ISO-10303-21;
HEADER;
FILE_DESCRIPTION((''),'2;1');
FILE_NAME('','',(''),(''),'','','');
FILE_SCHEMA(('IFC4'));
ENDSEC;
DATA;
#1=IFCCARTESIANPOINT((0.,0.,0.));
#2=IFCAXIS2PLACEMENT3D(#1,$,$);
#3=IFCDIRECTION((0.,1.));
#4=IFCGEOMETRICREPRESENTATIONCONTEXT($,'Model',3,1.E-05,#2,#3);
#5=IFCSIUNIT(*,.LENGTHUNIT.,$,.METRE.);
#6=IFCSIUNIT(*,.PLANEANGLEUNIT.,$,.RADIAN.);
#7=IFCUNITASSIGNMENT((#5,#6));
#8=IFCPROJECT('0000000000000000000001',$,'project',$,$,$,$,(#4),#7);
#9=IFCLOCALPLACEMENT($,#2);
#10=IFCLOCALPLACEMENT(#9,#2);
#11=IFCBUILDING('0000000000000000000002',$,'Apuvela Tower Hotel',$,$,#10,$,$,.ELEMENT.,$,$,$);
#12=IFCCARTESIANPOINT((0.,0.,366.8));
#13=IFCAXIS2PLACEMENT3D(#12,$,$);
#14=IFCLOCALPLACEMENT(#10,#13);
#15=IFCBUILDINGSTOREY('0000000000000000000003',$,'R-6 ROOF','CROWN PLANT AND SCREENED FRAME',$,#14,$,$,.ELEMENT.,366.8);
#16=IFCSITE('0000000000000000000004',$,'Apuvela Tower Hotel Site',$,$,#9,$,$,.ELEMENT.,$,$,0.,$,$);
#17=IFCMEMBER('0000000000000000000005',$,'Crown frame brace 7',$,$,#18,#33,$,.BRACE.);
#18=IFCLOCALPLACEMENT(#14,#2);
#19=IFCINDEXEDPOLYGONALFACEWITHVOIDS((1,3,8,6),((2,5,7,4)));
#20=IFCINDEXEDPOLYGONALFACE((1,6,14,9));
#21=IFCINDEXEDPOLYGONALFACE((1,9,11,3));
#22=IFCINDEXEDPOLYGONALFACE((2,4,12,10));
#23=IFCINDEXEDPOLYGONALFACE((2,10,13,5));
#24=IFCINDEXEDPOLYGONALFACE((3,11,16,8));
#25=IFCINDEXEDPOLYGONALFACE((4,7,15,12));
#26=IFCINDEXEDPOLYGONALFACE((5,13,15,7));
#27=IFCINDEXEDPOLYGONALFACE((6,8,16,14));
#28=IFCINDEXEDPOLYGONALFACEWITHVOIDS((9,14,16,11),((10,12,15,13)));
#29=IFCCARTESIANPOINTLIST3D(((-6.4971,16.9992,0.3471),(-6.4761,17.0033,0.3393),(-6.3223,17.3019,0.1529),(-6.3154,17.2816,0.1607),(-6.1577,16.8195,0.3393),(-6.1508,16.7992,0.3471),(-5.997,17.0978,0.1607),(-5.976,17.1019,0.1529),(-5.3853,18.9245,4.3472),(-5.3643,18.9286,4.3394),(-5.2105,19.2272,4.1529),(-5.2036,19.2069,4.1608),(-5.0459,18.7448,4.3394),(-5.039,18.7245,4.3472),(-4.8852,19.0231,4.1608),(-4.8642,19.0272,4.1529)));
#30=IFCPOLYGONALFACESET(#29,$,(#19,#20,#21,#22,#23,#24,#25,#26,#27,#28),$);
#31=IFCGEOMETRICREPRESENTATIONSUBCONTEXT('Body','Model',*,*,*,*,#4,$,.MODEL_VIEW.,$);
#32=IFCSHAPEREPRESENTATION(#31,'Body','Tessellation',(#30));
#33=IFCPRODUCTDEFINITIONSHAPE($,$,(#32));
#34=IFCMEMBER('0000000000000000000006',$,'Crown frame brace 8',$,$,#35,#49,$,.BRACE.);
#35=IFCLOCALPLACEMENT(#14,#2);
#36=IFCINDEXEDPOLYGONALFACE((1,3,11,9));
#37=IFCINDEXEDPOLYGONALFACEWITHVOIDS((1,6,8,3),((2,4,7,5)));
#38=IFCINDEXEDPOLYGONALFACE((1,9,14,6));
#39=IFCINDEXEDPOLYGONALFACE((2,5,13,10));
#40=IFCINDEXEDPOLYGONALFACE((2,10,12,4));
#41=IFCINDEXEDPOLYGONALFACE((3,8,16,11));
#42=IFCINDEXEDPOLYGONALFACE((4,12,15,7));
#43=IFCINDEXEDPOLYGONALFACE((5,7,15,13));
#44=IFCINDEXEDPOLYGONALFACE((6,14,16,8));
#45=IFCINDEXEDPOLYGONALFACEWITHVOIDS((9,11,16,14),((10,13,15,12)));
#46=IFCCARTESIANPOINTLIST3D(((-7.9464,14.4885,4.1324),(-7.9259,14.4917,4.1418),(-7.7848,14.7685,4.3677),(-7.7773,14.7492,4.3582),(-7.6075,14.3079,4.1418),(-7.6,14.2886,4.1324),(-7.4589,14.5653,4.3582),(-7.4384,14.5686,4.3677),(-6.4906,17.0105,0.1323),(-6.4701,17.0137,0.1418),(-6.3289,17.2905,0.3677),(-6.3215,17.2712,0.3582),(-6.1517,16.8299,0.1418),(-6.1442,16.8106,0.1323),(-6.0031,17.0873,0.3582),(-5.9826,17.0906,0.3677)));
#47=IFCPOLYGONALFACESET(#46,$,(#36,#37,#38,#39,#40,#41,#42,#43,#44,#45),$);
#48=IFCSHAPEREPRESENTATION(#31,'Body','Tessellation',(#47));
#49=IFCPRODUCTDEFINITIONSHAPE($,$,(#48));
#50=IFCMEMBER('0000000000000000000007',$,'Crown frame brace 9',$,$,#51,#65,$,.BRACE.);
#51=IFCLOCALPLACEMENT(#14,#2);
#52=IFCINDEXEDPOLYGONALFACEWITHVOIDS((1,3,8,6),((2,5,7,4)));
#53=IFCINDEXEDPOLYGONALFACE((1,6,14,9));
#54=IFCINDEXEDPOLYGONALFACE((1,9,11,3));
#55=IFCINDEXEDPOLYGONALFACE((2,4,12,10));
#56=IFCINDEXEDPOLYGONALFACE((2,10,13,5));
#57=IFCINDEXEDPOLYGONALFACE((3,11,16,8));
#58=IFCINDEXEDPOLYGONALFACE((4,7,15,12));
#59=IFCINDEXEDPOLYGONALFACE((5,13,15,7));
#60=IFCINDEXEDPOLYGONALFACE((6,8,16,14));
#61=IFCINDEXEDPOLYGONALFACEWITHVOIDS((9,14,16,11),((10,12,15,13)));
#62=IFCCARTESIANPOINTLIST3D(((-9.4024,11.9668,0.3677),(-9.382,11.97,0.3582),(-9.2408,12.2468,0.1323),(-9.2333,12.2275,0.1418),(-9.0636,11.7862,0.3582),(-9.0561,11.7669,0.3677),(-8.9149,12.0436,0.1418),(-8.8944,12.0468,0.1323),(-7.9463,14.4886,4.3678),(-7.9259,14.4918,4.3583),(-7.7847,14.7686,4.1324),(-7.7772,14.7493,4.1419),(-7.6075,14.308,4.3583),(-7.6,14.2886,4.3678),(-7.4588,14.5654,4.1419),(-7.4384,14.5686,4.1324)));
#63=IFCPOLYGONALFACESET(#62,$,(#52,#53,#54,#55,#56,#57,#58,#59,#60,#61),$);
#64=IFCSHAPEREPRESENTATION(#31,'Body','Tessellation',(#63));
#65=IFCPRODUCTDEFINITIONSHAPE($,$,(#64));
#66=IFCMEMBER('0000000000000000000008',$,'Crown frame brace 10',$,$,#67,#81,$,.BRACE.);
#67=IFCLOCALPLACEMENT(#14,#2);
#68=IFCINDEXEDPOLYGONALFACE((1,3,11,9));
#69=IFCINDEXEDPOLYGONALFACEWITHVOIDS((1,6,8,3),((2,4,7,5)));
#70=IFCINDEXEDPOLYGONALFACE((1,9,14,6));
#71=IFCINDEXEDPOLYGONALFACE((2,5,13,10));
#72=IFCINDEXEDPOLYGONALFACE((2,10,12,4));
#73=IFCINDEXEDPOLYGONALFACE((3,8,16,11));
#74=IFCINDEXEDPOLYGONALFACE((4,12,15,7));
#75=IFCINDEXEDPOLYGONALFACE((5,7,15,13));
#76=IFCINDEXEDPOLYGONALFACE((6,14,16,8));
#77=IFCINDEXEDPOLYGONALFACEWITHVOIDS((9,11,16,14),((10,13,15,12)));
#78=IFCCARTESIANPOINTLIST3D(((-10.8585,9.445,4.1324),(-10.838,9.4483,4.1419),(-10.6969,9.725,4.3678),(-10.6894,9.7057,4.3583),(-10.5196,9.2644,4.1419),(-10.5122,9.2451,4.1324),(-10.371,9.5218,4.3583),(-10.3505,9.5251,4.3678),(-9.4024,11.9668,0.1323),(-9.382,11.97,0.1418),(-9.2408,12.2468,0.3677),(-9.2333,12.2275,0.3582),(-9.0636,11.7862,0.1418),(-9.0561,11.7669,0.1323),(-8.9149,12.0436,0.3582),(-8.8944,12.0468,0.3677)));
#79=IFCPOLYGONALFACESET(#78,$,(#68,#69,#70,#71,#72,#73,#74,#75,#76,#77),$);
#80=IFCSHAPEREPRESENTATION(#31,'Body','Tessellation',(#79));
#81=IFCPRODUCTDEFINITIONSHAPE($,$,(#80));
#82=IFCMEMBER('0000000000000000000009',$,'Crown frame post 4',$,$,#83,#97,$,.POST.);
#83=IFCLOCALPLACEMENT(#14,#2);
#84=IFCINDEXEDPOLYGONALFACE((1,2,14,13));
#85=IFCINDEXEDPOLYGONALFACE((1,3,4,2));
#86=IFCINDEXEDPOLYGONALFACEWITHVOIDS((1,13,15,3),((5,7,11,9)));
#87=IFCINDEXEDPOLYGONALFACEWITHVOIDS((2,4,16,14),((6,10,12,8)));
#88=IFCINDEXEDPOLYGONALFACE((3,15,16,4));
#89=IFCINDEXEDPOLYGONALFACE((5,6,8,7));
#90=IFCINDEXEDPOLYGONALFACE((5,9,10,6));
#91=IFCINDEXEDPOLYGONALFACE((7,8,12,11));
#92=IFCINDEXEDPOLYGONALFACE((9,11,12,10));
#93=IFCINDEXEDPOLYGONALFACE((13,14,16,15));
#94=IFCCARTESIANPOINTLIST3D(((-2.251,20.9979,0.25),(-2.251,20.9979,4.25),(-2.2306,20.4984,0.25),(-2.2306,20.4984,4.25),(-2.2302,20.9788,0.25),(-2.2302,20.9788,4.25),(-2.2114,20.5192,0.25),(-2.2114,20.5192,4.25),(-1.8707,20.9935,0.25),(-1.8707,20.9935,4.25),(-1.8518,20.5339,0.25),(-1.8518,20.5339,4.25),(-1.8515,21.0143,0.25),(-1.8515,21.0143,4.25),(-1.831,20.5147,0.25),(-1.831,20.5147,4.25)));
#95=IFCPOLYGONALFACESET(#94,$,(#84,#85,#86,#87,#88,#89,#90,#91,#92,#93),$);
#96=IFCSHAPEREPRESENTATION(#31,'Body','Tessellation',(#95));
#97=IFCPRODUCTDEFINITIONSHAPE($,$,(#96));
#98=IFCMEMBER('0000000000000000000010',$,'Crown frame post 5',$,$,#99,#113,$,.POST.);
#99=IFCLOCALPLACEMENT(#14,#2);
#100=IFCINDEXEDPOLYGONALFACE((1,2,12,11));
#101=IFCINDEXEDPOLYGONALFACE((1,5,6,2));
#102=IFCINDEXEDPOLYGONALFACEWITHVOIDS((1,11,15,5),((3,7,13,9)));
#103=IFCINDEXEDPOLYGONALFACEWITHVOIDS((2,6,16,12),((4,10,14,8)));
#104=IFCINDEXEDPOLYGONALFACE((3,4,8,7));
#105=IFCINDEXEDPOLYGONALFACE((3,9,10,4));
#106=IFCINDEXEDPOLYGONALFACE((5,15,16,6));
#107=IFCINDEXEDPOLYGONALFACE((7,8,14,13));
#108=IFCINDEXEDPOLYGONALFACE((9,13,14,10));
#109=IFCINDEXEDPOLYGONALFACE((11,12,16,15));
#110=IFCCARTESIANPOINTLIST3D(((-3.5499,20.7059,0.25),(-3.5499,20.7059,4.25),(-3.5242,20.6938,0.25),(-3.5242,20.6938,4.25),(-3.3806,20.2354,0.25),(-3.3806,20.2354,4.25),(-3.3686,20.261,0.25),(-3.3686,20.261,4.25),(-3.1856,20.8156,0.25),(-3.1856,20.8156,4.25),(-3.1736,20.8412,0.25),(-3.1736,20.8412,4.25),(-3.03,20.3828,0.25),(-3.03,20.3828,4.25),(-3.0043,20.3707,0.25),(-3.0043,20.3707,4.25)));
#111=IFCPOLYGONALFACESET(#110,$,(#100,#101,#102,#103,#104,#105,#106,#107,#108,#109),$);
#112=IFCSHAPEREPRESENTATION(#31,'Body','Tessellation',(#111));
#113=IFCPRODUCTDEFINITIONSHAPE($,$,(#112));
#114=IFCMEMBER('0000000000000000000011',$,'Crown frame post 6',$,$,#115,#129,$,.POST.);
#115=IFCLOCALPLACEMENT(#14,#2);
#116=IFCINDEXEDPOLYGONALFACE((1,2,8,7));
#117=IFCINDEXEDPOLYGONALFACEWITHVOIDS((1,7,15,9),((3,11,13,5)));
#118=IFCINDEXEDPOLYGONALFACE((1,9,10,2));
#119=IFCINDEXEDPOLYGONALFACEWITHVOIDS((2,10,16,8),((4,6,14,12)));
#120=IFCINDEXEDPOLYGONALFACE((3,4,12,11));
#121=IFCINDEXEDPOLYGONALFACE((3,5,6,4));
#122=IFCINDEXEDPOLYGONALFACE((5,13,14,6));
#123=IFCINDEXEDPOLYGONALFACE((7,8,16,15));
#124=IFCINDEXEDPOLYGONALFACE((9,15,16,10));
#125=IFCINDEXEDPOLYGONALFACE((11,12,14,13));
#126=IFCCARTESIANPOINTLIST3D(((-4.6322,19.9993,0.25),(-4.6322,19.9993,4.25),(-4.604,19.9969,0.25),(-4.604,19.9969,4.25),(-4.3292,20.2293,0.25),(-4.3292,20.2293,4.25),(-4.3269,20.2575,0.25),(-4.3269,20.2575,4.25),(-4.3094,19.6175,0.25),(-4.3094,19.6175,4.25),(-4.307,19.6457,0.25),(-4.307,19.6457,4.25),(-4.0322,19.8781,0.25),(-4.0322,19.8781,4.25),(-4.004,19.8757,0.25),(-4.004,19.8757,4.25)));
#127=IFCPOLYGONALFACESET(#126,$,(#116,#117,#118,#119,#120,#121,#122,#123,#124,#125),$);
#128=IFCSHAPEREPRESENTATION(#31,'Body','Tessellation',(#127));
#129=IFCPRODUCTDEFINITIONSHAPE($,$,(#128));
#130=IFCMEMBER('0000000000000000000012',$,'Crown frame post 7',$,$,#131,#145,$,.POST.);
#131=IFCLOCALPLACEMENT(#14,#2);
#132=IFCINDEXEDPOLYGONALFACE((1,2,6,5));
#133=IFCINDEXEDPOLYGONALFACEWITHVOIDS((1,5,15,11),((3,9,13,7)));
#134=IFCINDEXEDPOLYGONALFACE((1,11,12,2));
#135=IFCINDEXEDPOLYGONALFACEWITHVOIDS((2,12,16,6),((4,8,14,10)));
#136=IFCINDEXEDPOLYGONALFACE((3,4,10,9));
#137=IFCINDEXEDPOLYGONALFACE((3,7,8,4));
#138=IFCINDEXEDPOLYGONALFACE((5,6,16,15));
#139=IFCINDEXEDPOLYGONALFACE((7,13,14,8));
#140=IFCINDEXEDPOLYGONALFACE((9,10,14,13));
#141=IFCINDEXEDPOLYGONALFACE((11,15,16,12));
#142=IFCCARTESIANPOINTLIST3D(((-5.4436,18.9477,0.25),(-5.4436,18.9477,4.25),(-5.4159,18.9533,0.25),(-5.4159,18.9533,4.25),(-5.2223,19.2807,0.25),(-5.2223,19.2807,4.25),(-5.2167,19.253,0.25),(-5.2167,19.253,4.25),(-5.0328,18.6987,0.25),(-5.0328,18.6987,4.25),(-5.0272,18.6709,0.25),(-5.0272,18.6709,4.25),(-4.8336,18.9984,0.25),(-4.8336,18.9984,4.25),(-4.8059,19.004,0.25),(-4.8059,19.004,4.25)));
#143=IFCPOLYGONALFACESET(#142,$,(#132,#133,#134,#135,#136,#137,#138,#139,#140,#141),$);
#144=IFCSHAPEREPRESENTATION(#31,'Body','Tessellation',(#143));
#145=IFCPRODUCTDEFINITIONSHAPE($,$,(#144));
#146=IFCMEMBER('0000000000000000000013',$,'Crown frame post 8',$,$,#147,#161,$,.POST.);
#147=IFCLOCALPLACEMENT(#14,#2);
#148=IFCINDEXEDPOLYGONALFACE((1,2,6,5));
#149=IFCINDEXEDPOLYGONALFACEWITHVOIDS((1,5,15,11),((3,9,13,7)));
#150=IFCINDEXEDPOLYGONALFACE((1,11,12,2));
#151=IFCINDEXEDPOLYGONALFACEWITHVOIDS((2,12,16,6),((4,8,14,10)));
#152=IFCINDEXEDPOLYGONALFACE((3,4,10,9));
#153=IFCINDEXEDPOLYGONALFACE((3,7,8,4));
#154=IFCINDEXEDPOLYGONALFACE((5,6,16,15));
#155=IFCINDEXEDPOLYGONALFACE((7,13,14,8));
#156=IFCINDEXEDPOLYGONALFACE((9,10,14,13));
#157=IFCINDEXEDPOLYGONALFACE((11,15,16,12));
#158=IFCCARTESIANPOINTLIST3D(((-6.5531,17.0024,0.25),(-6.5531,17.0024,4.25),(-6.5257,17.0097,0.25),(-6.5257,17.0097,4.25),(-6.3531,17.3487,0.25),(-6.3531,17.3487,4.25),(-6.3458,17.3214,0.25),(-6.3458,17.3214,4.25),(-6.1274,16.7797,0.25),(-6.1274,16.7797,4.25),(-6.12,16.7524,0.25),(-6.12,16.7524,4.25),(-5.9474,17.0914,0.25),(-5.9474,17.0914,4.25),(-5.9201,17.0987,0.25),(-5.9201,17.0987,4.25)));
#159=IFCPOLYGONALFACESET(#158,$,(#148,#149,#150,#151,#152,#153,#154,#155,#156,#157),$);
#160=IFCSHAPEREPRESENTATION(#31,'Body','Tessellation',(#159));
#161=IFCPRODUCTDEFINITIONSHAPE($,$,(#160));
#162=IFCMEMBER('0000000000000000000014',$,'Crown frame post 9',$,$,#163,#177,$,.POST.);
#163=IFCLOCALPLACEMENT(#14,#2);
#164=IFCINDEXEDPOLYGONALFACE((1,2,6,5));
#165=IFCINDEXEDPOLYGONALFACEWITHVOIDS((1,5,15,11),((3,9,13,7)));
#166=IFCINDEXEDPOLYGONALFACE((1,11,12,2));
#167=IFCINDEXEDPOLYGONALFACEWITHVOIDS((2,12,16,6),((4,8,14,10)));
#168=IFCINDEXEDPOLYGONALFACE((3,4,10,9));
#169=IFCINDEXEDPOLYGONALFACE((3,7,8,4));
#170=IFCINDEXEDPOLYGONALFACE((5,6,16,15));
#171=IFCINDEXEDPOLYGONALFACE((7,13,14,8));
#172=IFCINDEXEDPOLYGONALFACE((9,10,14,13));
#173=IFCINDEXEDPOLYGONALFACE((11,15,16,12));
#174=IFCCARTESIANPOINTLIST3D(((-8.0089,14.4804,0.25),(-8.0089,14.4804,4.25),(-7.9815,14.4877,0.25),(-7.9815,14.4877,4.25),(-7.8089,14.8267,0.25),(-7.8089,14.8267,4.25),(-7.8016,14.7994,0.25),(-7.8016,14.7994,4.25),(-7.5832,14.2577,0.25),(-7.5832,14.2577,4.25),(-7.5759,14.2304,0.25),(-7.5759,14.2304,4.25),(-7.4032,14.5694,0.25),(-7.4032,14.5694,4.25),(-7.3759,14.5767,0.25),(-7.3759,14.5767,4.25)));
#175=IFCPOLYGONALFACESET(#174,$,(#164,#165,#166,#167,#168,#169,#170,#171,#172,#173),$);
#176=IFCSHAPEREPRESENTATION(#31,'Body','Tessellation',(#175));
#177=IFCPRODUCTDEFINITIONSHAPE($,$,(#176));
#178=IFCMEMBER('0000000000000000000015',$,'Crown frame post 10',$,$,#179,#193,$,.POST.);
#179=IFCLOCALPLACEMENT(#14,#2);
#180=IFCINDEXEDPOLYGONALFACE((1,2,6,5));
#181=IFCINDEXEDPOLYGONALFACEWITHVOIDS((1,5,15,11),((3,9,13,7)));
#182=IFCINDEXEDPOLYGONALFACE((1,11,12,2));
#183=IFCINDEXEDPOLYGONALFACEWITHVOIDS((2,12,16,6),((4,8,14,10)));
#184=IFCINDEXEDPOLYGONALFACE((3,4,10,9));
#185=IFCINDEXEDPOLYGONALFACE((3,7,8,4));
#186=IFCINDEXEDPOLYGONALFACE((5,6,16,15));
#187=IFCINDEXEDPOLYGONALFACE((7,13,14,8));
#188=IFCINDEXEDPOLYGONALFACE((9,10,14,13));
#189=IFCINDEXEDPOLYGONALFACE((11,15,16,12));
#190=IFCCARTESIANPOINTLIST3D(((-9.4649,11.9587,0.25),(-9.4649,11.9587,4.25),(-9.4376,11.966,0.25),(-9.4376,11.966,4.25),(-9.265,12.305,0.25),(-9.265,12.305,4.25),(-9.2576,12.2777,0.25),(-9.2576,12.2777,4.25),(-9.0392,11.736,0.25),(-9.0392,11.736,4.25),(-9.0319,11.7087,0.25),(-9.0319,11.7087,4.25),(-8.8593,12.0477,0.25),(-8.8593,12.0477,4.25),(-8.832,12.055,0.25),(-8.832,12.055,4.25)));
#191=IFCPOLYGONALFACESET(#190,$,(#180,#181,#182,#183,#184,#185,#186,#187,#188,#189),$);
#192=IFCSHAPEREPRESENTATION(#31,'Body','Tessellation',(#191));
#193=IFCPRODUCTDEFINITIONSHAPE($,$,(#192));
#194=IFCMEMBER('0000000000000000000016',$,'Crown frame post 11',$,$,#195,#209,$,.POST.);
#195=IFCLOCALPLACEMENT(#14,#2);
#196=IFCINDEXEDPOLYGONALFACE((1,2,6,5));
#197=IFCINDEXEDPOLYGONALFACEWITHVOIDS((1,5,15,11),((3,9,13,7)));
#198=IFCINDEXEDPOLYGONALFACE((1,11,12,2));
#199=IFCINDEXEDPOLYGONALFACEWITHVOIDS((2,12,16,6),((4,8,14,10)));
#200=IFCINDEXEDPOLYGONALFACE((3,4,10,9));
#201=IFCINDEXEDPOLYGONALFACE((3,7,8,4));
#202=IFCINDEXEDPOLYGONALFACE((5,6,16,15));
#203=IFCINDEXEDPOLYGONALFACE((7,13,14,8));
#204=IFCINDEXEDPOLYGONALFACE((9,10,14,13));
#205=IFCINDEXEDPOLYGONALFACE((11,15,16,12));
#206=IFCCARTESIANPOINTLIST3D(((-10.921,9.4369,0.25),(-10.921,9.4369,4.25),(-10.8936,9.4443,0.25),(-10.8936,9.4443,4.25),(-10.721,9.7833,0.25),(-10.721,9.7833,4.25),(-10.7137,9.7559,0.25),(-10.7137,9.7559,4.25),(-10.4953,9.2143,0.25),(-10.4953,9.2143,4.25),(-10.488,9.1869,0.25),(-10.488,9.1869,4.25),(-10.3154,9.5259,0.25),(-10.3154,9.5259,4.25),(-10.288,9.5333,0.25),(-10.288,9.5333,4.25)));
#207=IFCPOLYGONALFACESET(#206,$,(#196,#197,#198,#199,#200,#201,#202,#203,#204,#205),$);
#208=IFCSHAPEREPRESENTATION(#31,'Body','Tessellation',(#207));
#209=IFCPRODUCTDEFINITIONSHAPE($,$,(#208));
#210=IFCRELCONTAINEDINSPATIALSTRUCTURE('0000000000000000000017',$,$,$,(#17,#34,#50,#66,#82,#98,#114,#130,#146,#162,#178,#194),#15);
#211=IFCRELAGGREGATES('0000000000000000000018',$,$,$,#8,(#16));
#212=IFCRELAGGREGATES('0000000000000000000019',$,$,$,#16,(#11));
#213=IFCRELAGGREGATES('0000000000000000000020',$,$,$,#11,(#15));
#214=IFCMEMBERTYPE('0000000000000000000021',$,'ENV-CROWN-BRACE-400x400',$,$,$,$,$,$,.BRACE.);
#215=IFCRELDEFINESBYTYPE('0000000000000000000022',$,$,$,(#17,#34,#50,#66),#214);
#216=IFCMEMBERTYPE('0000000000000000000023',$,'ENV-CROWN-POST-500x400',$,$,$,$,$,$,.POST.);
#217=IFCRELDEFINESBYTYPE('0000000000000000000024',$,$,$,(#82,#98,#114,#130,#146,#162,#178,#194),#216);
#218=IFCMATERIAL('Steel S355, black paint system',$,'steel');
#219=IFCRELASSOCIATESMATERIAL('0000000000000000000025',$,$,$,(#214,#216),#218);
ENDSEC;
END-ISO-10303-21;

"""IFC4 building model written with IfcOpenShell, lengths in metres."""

from ifc_helpers import new_model, si_unit, direction, frame, origin, origin_2d, place, context, subcontext, project, spatial, hollow_rectangle, extrude, material, material_profile, profile_set, type_object, element, save


model = new_model("IFC4")

# Units and contexts
model_context = context("Model", 3, precision=1e-05, world=origin(), true_north=direction((0.0, 1.0)))
body_context = subcontext(model_context, "Body", "Model", "MODEL_VIEW")
ifc_project = project(units=[si_unit("LENGTHUNIT", "METRE"), si_unit("PLANEANGLEUNIT", "RADIAN")], contexts=[model_context])

# Site, building, storey
site_placement = place(None, origin())
site = spatial("IfcSite", under=ifc_project, at=site_placement, Name="Apuvela Tower Hotel Site", CompositionType="ELEMENT", RefElevation=0.0)
building_placement = place(site_placement, origin())
building = spatial("IfcBuilding", under=site, at=building_placement, Name="Apuvela Tower Hotel", CompositionType="ELEMENT")
storey_placement = place(building_placement, frame((0.0, 0.0, 366.8)))
storey = spatial("IfcBuildingStorey", under=building, at=storey_placement, Name="R-6 ROOF", Description="CROWN PLANT AND SCREENED FRAME", CompositionType="ELEMENT", Elevation=366.8)

# Members
ifc_material_1 = material(Name="Steel S355, black paint system", Category="steel")
ifc_material_profile_1 = material_profile(ifc_material_1, hollow_rectangle(XDim=0.3999, YDim=0.3999, WallThickness=0.0161, at=origin_2d()), Name="HSS 400x400x16")
ifc_profile_set_1 = profile_set([ifc_material_profile_1], Name="Steel S355, black paint system")
member_type_1 = type_object("IfcMemberType", Name="ENV-CROWN-BRACE-400x400", PredefinedType="BRACE", material=ifc_profile_set_1)
member_1_placement = place(storey_placement, frame((-6.2366, 17.0505, 0.25), z_axis=(0.242949, 0.420706, 0.874061), x_axis=(-0.865977, 0.500084, 0.0)))
element("IfcMember", 1, at=member_1_placement, inside=storey, type_object=member_type_1, Name="Crown frame brace 7", PredefinedType="BRACE", context=body_context, shape_type="SweptSolid", body=[
    extrude(hollow_rectangle(XDim=0.3999, YDim=0.3999, WallThickness=0.0161, at=origin_2d()), origin(), (0.0, 0.0, 1.0), 4.5764),
])
for number, where, z_axis, x_axis, name in (
    (2, (-6.2366, 17.0505, 0.25), (-0.29424, -0.509726, 0.808457), (0.866063, -0.499935, 0.0), "Crown frame brace 8"),
    (3, (-9.1484, 12.0068, 0.25), (0.294292, 0.509682, 0.808465), (-0.866005, 0.500035, 0.0), "Crown frame brace 9"),
    (4, (-9.1484, 12.0068, 0.25), (-0.294292, -0.509682, 0.808465), (0.866005, -0.500035, 0.0), "Crown frame brace 10"),
):
    element("IfcMember", number, at=place(storey_placement, frame(where, z_axis=z_axis, x_axis=x_axis)), inside=storey, type_object=member_type_1, Name=name, PredefinedType="BRACE", context=body_context, shape_type="SweptSolid", body=[
        extrude(hollow_rectangle(XDim=0.3999, YDim=0.3999, WallThickness=0.0161, at=origin_2d()), origin(), (0.0, 0.0, 1.0), 4.9478),
    ])
ifc_material_profile_2 = material_profile(ifc_material_1, hollow_rectangle(XDim=0.3999, YDim=0.5, WallThickness=0.02, at=origin_2d()), Name="HSS 500x400x20")
ifc_profile_set_2 = profile_set([ifc_material_profile_2], Name="Steel S355, black paint system")
member_type_2 = type_object("IfcMemberType", Name="ENV-CROWN-POST-500x400", PredefinedType="POST", material=ifc_profile_set_2)
for number, where, z_axis, x_axis, name in (
    (5, (-2.041, 20.7563, 0.25), (0.0, 0.0, 1.0), (-0.999161, -0.040951, 0.0), "Crown frame post 4"),
    (6, (-3.2771, 20.5383, 0.25), (0.0, 0.0, 1.0), (-0.940994, -0.338423, 0.0), "Crown frame post 5"),
    (7, (-4.3181, 19.9375, 0.25), (0.0, 0.0, 1.0), (-0.76358, -0.645714, 0.0), "Crown frame post 6"),
    (8, (-5.1248, 18.9758, 0.25), (0.0, 0.0, 1.0), (-0.553467, -0.832871, 0.0), "Crown frame post 7"),
    (9, (-6.2366, 17.0505, 0.25), (0.0, 0.0, 1.0), (-0.5, -0.866025, 0.0), "Crown frame post 8"),
    (10, (-7.6924, 14.5286, 0.25), (0.0, 0.0, 1.0), (-0.5, -0.866025, 0.0), "Crown frame post 9"),
    (11, (-9.1484, 12.0068, 0.25), (0.0, 0.0, 1.0), (-0.5, -0.866025, 0.0), "Crown frame post 10"),
    (12, (-10.6045, 9.4851, 0.25), (0.0, 0.0, 1.0), (-0.5, -0.866025, 0.0), "Crown frame post 11"),
):
    element("IfcMember", number, at=place(storey_placement, frame(where, z_axis=z_axis, x_axis=x_axis)), inside=storey, type_object=member_type_2, Name=name, PredefinedType="POST", context=body_context, shape_type="SweptSolid", body=[
        extrude(hollow_rectangle(XDim=0.3999, YDim=0.5, WallThickness=0.02, at=origin_2d()), origin(), (0.0, 0.0, 1.0), 4.0),
    ])

save(model, "model.ifc")
